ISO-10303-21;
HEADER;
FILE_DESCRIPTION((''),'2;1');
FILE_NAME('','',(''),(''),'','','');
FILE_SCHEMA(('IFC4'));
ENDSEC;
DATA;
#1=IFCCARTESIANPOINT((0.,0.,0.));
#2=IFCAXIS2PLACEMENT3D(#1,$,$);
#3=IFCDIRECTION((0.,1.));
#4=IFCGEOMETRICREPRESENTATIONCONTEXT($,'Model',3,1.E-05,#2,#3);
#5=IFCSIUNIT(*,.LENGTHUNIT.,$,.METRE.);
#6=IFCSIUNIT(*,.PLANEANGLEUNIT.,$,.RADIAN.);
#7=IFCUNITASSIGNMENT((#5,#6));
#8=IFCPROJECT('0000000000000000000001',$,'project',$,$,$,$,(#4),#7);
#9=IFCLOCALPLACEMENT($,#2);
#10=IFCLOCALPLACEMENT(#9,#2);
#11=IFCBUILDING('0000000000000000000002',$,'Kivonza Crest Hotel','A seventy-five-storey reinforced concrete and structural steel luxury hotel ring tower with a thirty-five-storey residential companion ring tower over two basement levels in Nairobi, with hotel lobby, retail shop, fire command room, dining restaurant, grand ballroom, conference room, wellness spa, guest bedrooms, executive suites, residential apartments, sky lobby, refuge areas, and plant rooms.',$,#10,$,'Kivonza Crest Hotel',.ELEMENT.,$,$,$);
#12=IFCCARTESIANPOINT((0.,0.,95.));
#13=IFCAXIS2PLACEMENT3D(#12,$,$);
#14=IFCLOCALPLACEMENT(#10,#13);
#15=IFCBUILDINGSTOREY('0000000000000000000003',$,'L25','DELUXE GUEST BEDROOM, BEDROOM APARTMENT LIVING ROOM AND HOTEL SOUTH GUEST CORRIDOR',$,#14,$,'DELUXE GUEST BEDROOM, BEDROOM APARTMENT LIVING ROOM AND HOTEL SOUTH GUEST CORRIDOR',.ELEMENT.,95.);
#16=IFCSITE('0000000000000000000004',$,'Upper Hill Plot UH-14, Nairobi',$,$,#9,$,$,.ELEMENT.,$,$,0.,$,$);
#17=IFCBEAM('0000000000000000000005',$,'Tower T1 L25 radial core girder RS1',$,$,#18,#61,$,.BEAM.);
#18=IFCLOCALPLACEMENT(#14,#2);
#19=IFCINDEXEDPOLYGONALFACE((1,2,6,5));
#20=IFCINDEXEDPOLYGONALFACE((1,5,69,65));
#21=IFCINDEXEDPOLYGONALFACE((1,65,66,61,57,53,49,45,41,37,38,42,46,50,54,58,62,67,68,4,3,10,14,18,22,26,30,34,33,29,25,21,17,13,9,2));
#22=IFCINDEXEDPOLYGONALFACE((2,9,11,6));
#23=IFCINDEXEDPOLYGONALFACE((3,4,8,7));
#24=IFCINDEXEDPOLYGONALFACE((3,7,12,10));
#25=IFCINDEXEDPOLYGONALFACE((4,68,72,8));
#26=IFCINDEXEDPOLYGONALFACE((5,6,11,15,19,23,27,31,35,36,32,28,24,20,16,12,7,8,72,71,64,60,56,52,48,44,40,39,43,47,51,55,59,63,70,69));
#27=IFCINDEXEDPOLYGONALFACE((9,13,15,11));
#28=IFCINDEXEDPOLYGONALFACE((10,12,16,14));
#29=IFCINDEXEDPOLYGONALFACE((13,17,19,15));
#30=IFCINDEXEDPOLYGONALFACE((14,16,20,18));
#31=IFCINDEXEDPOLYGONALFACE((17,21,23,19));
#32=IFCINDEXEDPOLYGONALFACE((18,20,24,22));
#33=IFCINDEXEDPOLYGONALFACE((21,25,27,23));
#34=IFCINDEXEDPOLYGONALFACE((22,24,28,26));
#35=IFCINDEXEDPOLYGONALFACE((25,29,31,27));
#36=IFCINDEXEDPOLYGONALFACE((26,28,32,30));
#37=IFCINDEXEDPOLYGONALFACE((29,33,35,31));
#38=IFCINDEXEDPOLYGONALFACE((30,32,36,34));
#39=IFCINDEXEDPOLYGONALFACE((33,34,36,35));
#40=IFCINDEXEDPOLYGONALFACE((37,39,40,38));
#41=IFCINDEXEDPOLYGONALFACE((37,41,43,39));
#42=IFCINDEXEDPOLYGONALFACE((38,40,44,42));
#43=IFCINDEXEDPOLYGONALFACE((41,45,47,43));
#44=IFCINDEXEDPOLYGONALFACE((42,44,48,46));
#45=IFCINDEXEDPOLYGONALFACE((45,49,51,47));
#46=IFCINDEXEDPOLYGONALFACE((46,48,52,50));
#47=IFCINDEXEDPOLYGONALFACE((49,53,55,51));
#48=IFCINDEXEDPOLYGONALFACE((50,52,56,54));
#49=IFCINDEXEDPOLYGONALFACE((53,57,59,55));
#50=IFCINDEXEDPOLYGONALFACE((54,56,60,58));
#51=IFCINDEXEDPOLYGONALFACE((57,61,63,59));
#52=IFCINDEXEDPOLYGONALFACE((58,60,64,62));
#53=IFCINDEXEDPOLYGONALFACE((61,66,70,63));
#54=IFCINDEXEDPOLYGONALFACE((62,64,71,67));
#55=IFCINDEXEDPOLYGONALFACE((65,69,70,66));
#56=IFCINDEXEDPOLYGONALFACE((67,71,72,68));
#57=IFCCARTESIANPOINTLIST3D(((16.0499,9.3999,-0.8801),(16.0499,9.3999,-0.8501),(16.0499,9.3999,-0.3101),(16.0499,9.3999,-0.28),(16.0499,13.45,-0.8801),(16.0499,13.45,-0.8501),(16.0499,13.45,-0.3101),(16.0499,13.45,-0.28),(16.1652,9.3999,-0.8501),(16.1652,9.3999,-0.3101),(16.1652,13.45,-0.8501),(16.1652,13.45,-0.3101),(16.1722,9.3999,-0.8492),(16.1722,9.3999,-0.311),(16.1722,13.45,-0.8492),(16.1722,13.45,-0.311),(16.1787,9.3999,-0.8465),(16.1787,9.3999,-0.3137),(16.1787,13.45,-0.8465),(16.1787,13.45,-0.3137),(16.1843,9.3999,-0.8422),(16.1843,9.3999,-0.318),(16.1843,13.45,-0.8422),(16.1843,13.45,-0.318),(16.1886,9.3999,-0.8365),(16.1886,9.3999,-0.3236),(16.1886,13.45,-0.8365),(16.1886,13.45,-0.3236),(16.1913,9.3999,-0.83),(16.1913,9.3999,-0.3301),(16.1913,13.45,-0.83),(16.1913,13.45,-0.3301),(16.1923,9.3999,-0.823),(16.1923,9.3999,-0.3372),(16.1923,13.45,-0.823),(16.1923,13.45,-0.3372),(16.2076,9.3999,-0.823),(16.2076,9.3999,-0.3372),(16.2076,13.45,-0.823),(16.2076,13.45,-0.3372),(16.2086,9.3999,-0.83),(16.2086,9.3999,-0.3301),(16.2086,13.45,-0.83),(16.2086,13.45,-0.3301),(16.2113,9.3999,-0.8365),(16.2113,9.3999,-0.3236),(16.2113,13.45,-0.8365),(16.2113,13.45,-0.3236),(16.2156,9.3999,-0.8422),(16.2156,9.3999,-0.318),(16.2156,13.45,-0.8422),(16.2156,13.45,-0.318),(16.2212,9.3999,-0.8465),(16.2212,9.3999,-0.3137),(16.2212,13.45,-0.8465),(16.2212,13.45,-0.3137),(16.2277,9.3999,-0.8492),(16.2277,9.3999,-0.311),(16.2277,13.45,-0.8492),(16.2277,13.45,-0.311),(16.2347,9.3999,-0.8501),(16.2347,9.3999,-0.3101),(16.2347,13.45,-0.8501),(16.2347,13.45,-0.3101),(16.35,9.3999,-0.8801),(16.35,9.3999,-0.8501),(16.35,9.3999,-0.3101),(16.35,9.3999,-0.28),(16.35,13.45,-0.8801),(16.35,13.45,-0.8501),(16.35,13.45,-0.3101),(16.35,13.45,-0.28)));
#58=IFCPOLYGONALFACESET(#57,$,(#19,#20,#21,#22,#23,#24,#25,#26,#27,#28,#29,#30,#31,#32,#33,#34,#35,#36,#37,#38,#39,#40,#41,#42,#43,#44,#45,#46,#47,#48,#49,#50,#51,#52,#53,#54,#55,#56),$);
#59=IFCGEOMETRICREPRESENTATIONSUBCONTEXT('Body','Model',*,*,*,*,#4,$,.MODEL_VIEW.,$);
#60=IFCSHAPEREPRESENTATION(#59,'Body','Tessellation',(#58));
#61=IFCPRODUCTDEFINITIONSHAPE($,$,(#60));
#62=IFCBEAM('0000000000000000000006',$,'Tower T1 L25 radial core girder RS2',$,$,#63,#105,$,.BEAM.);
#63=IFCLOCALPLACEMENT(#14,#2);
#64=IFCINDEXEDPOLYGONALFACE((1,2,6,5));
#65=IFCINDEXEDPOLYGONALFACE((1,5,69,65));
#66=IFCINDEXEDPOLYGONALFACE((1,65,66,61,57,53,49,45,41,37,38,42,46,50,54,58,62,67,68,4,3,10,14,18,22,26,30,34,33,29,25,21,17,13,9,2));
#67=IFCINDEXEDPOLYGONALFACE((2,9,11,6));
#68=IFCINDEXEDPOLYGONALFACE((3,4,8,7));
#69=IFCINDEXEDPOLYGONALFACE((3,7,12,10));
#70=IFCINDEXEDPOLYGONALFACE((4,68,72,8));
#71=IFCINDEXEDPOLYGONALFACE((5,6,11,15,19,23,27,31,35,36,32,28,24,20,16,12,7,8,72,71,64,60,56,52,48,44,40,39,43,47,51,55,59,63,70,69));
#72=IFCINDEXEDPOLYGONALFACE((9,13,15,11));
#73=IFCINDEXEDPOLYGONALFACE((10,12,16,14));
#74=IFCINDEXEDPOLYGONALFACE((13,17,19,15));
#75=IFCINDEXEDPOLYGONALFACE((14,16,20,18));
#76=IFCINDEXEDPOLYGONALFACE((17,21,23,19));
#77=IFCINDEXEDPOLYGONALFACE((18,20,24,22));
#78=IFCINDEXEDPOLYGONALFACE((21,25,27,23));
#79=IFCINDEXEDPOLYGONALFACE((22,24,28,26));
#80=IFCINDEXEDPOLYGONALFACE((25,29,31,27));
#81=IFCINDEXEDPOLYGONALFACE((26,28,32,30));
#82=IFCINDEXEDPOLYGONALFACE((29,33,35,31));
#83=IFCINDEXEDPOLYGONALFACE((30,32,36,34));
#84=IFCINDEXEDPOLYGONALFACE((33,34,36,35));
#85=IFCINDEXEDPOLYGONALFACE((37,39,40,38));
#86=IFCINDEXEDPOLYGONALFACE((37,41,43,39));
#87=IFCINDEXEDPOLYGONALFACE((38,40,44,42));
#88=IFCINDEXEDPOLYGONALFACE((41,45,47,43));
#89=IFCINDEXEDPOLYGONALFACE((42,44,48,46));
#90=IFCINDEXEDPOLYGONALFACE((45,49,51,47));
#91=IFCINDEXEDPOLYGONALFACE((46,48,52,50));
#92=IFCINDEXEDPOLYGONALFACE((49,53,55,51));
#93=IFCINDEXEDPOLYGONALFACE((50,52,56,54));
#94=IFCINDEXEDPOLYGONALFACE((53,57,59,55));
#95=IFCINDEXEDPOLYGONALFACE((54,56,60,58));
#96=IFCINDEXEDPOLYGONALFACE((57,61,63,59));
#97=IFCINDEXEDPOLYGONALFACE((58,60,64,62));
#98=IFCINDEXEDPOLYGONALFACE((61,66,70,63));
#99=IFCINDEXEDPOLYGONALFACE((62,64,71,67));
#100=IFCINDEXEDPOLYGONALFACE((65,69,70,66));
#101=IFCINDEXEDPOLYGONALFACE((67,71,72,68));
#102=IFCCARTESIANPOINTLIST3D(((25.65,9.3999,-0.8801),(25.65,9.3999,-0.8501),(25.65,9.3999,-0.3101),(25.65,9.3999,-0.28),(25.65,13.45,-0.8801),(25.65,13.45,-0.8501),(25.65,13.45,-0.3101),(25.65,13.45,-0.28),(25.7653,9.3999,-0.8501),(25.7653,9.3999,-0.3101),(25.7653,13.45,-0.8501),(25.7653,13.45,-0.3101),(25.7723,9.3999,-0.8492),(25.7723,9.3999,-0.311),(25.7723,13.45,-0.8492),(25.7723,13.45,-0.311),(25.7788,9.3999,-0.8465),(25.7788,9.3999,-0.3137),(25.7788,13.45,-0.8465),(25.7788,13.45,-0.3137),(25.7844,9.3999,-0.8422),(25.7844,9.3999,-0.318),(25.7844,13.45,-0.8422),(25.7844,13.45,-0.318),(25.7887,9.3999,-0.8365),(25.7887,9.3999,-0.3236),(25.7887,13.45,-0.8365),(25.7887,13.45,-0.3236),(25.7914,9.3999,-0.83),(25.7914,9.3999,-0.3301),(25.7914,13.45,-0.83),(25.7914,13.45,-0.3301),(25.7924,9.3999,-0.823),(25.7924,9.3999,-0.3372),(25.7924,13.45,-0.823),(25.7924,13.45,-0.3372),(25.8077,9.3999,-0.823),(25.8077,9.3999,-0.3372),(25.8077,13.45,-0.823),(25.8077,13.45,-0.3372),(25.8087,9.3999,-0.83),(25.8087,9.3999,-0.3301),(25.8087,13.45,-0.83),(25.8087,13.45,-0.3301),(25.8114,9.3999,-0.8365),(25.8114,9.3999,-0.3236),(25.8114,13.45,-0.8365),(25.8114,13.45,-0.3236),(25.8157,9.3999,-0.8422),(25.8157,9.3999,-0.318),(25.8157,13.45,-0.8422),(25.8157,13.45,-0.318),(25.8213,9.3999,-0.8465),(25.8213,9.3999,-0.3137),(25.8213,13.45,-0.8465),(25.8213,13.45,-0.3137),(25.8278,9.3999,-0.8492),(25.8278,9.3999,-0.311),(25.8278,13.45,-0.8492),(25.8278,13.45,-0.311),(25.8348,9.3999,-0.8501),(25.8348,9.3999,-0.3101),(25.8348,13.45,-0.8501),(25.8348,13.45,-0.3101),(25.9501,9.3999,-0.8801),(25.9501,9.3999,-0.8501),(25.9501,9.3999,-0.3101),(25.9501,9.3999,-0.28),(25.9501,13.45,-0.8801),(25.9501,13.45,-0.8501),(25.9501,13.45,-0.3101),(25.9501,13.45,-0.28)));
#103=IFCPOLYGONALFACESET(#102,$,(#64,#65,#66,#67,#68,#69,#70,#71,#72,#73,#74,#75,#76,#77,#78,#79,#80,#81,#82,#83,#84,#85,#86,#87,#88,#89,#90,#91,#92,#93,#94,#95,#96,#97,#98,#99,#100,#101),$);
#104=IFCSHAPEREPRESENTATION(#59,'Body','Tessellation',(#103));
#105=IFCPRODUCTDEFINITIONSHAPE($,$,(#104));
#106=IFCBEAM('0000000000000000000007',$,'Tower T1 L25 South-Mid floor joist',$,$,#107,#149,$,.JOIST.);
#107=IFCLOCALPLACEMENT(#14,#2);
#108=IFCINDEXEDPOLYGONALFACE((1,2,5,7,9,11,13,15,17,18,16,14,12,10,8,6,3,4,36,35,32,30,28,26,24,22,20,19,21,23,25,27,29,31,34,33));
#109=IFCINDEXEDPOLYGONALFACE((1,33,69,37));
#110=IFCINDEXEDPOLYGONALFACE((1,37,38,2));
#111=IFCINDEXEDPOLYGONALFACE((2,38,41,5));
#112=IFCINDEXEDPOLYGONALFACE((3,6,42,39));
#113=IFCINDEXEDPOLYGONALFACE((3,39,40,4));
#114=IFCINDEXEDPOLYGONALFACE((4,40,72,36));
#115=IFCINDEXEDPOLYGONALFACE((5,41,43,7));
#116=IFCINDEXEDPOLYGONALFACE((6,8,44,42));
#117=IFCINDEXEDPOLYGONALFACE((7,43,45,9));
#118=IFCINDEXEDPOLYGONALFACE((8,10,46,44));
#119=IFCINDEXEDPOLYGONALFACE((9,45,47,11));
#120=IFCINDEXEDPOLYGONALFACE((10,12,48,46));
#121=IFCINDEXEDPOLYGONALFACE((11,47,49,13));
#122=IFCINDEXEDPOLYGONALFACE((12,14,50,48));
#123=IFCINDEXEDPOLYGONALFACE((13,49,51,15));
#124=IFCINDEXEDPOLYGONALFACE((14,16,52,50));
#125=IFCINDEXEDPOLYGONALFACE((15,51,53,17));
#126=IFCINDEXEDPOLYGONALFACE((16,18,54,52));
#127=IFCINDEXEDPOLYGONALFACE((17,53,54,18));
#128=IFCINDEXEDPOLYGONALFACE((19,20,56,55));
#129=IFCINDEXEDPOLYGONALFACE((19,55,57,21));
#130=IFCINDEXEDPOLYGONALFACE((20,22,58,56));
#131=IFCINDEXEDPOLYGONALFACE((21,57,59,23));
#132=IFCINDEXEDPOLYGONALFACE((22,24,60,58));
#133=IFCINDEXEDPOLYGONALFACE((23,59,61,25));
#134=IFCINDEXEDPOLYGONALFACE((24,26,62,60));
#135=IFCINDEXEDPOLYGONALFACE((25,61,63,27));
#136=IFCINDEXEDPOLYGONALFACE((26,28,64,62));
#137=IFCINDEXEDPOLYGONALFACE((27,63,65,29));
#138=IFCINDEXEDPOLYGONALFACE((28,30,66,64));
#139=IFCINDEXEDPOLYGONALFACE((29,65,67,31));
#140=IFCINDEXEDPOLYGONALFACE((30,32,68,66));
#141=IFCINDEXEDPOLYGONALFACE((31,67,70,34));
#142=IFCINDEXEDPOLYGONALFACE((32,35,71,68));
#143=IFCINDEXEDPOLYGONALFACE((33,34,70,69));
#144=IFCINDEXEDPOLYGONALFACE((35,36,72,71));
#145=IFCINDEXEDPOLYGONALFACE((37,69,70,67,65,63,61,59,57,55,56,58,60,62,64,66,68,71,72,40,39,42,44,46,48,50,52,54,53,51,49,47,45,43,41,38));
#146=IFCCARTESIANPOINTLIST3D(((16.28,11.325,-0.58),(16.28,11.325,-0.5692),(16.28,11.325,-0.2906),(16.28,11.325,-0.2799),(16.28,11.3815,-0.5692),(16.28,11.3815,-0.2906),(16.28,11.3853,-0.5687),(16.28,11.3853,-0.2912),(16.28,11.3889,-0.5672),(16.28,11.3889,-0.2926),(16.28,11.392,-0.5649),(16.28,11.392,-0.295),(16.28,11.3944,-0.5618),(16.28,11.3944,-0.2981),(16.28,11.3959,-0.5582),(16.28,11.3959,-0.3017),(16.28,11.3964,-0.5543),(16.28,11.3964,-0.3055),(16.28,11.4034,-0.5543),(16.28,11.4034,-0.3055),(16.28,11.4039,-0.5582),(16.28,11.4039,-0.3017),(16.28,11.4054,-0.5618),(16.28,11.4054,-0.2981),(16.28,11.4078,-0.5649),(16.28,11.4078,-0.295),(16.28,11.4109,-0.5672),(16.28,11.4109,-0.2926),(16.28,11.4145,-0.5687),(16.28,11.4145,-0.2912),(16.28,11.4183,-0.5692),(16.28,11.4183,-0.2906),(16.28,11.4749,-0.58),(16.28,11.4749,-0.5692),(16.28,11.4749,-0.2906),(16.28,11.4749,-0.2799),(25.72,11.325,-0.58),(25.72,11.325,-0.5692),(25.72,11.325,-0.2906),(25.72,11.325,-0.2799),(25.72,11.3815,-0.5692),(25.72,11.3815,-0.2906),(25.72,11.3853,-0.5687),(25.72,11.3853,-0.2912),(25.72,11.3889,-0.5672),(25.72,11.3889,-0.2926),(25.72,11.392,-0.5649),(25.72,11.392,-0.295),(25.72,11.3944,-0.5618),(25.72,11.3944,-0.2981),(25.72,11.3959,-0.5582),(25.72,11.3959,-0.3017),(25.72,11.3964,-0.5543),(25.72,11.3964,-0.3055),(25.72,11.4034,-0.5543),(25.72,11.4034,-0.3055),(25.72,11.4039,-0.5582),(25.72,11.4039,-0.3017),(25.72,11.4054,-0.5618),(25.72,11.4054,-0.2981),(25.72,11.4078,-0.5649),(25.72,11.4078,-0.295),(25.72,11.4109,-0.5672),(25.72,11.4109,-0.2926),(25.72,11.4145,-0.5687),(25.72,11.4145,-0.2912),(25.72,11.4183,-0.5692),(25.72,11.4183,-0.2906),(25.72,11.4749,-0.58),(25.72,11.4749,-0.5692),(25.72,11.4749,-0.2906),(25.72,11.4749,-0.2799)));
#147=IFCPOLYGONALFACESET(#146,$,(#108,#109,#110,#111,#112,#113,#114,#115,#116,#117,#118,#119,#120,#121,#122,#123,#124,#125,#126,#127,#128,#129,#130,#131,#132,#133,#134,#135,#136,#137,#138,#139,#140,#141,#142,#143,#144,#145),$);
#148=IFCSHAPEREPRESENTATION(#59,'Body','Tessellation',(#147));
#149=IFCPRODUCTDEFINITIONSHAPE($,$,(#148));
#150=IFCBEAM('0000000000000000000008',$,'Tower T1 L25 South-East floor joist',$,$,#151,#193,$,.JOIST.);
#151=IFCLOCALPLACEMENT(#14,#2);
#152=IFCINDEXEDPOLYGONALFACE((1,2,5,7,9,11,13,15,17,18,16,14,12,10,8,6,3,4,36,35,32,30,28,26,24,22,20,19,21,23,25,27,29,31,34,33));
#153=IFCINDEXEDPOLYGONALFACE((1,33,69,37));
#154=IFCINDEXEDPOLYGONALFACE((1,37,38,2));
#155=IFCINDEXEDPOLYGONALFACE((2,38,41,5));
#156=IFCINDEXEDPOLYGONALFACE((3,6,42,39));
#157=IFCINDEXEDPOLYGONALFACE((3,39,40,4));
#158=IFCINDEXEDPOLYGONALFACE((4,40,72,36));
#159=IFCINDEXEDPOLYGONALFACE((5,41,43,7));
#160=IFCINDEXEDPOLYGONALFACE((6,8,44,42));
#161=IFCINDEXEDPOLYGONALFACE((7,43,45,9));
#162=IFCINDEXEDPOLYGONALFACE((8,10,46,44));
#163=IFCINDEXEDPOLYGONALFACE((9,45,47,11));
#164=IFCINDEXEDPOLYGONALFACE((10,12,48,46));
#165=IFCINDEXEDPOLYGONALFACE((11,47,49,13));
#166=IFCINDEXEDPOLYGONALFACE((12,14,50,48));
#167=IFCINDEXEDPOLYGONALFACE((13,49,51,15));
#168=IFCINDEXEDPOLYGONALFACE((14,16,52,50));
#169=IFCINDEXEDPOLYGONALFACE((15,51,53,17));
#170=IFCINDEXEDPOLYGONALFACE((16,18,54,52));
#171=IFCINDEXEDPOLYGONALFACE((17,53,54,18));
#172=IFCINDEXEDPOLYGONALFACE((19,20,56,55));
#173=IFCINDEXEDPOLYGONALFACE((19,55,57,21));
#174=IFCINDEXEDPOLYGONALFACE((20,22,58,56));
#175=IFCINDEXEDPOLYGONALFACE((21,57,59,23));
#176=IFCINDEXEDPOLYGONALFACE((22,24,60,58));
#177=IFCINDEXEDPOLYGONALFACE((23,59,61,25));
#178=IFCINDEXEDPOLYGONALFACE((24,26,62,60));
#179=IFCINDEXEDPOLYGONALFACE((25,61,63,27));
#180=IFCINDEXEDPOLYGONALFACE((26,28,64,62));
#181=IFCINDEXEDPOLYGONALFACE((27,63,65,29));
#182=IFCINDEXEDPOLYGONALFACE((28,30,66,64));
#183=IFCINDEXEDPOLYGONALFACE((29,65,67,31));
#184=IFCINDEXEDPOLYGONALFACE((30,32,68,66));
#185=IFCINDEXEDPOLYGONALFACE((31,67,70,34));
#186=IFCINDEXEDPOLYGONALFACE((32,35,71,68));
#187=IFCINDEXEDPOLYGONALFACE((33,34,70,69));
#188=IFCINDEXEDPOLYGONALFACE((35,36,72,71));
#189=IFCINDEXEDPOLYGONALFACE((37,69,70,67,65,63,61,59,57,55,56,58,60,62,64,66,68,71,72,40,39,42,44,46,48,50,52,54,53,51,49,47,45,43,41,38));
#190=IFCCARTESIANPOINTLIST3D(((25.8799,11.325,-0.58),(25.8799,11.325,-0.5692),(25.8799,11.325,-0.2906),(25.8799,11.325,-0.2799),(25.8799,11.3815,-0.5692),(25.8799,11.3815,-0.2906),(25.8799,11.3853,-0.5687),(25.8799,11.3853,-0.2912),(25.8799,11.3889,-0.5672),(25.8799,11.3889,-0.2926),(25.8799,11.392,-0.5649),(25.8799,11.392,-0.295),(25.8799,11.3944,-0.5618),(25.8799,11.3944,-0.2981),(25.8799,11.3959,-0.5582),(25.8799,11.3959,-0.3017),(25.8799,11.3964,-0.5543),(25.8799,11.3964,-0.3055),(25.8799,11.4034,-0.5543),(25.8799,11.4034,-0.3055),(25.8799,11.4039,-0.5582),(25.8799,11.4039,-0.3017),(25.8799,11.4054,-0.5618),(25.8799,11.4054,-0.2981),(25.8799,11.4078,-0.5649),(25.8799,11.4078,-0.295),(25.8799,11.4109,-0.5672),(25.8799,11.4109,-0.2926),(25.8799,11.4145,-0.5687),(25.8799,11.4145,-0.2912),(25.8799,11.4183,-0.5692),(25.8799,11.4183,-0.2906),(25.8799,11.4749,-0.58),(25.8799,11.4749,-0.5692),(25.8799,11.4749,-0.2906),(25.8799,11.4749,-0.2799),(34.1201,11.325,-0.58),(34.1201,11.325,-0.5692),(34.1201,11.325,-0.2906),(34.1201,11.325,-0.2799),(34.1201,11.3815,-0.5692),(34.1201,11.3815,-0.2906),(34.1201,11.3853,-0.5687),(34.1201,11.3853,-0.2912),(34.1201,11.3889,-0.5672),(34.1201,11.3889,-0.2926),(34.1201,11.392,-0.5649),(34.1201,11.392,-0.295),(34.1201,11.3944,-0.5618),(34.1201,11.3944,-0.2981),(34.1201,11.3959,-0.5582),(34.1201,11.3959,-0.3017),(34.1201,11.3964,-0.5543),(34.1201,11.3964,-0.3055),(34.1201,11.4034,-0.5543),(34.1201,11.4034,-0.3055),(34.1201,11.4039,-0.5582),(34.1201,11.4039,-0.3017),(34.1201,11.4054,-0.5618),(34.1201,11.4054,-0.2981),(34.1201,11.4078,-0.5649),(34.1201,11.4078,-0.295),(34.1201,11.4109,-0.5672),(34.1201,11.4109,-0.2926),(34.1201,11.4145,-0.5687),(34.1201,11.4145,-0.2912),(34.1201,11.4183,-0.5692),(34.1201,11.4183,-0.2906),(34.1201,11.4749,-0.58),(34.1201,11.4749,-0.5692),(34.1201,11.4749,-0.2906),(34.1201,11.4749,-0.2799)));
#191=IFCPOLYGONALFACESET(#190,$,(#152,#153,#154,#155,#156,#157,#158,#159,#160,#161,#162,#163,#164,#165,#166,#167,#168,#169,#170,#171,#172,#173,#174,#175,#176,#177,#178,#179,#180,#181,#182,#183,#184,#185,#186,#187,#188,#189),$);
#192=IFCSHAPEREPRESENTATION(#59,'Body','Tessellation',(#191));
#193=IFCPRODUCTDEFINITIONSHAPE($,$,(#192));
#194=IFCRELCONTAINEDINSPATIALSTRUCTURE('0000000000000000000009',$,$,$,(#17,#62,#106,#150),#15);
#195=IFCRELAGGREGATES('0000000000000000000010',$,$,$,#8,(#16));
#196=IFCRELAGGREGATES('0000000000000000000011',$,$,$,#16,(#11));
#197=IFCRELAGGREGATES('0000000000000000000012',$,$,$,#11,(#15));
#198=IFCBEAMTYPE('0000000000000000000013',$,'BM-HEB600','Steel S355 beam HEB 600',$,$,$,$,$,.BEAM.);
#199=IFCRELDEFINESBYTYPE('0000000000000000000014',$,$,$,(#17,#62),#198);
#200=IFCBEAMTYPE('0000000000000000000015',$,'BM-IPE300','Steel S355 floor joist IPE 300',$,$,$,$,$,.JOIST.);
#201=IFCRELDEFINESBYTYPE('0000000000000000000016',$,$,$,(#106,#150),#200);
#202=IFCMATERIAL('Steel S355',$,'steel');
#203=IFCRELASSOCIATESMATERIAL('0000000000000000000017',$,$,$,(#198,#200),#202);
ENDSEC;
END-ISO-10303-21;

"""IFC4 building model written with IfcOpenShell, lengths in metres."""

from ifc_helpers import new_model, si_unit, direction, frame, origin, origin_2d, place, context, subcontext, project, spatial, i_section, extrude, material, material_profile, profile_set, type_object, element, save


model = new_model("IFC4")

# Units and contexts
model_context = context("Model", 3, precision=1e-05, world=origin(), true_north=direction((0.0, 1.0)))
body_context = subcontext(model_context, "Body", "Model", "MODEL_VIEW")
ifc_project = project(units=[si_unit("LENGTHUNIT", "METRE"), si_unit("PLANEANGLEUNIT", "RADIAN")], contexts=[model_context])

# Site, building, storey
site_placement = place(None, origin())
site = spatial("IfcSite", under=ifc_project, at=site_placement, Name="Upper Hill Plot UH-14, Nairobi", CompositionType="ELEMENT", RefElevation=0.0)
building_placement = place(site_placement, origin())
building = spatial("IfcBuilding", under=site, at=building_placement, Name="Kivonza Crest Hotel", Description="A seventy-five-storey reinforced concrete and structural steel luxury hotel ring tower with a thirty-five-storey residential companion ring tower over two basement levels in Nairobi, with hotel lobby, retail shop, fire command room, dining restaurant, grand ballroom, conference room, wellness spa, guest bedrooms, executive suites, residential apartments, sky lobby, refuge areas, and plant rooms.", LongName="Kivonza Crest Hotel", CompositionType="ELEMENT")
storey_placement = place(building_placement, frame((0.0, 0.0, 95.0)))
storey = spatial("IfcBuildingStorey", under=building, at=storey_placement, Name="L25", Description="DELUXE GUEST BEDROOM, BEDROOM APARTMENT LIVING ROOM AND HOTEL SOUTH GUEST CORRIDOR", LongName="DELUXE GUEST BEDROOM, BEDROOM APARTMENT LIVING ROOM AND HOTEL SOUTH GUEST CORRIDOR", CompositionType="ELEMENT", Elevation=95.0)

# Beams
ifc_material_1 = material(Name="Steel S355", Category="steel")
ifc_material_profile_1 = material_profile(ifc_material_1, i_section(OverallWidth=0.3, OverallDepth=0.6001, WebThickness=0.0154, FlangeThickness=0.03, FilletRadius=0.0271, at=origin_2d()), Name="HEB 600")
ifc_profile_set_1 = profile_set([ifc_material_profile_1], Name="Steel S355")
beam_type_1 = type_object("IfcBeamType", Name="BM-HEB600", Description="Steel S355 beam HEB 600", PredefinedType="BEAM", material=ifc_profile_set_1)
for number, where, z_axis, x_axis, name in (
    (1, (16.2, 9.3999, -0.5801), (0.0, 1.0, 0.0), (-1.0, 0.0, 0.0), "Tower T1 L25 radial core girder RS1"),
    (2, (25.8, 9.3999, -0.5801), (0.0, 1.0, 0.0), (-1.0, 0.0, 0.0), "Tower T1 L25 radial core girder RS2"),
):
    element("IfcBeam", number, at=place(storey_placement, frame(where, z_axis=z_axis, x_axis=x_axis)), inside=storey, type_object=beam_type_1, Name=name, PredefinedType="BEAM", context=body_context, shape_type="SweptSolid", body=[
        extrude(i_section(OverallWidth=0.3, OverallDepth=0.6001, WebThickness=0.0154, FlangeThickness=0.03, FilletRadius=0.0271, at=origin_2d()), origin(), (0.0, 0.0, 1.0), 4.05),
    ])
ifc_material_profile_2 = material_profile(ifc_material_1, i_section(OverallWidth=0.1499, OverallDepth=0.3, WebThickness=0.0071, FlangeThickness=0.0107, FilletRadius=0.0149, at=origin_2d()), Name="IPE 300")
ifc_profile_set_2 = profile_set([ifc_material_profile_2], Name="Steel S355")
beam_type_2 = type_object("IfcBeamType", Name="BM-IPE300", Description="Steel S355 floor joist IPE 300", PredefinedType="JOIST", material=ifc_profile_set_2)
beam_1_placement = place(storey_placement, frame((16.28, 11.3999, -0.4299), z_axis=(1.0, 0.0, 0.0), x_axis=(0.0, 1.0, 0.0)))
element("IfcBeam", 3, at=beam_1_placement, inside=storey, type_object=beam_type_2, Name="Tower T1 L25 South-Mid floor joist", PredefinedType="JOIST", context=body_context, shape_type="SweptSolid", body=[
    extrude(i_section(OverallWidth=0.1499, OverallDepth=0.3, WebThickness=0.0071, FlangeThickness=0.0107, FilletRadius=0.0149, at=origin_2d()), origin(), (0.0, 0.0, 1.0), 9.4399),
])
beam_2_placement = place(storey_placement, frame((25.8799, 11.3999, -0.4299), z_axis=(1.0, 0.0, 0.0), x_axis=(0.0, 1.0, 0.0)))
element("IfcBeam", 4, at=beam_2_placement, inside=storey, type_object=beam_type_2, Name="Tower T1 L25 South-East floor joist", PredefinedType="JOIST", context=body_context, shape_type="SweptSolid", body=[
    extrude(i_section(OverallWidth=0.1499, OverallDepth=0.3, WebThickness=0.0071, FlangeThickness=0.0107, FilletRadius=0.0149, at=origin_2d()), origin(), (0.0, 0.0, 1.0), 8.2402),
])

save(model, "model.ifc")
